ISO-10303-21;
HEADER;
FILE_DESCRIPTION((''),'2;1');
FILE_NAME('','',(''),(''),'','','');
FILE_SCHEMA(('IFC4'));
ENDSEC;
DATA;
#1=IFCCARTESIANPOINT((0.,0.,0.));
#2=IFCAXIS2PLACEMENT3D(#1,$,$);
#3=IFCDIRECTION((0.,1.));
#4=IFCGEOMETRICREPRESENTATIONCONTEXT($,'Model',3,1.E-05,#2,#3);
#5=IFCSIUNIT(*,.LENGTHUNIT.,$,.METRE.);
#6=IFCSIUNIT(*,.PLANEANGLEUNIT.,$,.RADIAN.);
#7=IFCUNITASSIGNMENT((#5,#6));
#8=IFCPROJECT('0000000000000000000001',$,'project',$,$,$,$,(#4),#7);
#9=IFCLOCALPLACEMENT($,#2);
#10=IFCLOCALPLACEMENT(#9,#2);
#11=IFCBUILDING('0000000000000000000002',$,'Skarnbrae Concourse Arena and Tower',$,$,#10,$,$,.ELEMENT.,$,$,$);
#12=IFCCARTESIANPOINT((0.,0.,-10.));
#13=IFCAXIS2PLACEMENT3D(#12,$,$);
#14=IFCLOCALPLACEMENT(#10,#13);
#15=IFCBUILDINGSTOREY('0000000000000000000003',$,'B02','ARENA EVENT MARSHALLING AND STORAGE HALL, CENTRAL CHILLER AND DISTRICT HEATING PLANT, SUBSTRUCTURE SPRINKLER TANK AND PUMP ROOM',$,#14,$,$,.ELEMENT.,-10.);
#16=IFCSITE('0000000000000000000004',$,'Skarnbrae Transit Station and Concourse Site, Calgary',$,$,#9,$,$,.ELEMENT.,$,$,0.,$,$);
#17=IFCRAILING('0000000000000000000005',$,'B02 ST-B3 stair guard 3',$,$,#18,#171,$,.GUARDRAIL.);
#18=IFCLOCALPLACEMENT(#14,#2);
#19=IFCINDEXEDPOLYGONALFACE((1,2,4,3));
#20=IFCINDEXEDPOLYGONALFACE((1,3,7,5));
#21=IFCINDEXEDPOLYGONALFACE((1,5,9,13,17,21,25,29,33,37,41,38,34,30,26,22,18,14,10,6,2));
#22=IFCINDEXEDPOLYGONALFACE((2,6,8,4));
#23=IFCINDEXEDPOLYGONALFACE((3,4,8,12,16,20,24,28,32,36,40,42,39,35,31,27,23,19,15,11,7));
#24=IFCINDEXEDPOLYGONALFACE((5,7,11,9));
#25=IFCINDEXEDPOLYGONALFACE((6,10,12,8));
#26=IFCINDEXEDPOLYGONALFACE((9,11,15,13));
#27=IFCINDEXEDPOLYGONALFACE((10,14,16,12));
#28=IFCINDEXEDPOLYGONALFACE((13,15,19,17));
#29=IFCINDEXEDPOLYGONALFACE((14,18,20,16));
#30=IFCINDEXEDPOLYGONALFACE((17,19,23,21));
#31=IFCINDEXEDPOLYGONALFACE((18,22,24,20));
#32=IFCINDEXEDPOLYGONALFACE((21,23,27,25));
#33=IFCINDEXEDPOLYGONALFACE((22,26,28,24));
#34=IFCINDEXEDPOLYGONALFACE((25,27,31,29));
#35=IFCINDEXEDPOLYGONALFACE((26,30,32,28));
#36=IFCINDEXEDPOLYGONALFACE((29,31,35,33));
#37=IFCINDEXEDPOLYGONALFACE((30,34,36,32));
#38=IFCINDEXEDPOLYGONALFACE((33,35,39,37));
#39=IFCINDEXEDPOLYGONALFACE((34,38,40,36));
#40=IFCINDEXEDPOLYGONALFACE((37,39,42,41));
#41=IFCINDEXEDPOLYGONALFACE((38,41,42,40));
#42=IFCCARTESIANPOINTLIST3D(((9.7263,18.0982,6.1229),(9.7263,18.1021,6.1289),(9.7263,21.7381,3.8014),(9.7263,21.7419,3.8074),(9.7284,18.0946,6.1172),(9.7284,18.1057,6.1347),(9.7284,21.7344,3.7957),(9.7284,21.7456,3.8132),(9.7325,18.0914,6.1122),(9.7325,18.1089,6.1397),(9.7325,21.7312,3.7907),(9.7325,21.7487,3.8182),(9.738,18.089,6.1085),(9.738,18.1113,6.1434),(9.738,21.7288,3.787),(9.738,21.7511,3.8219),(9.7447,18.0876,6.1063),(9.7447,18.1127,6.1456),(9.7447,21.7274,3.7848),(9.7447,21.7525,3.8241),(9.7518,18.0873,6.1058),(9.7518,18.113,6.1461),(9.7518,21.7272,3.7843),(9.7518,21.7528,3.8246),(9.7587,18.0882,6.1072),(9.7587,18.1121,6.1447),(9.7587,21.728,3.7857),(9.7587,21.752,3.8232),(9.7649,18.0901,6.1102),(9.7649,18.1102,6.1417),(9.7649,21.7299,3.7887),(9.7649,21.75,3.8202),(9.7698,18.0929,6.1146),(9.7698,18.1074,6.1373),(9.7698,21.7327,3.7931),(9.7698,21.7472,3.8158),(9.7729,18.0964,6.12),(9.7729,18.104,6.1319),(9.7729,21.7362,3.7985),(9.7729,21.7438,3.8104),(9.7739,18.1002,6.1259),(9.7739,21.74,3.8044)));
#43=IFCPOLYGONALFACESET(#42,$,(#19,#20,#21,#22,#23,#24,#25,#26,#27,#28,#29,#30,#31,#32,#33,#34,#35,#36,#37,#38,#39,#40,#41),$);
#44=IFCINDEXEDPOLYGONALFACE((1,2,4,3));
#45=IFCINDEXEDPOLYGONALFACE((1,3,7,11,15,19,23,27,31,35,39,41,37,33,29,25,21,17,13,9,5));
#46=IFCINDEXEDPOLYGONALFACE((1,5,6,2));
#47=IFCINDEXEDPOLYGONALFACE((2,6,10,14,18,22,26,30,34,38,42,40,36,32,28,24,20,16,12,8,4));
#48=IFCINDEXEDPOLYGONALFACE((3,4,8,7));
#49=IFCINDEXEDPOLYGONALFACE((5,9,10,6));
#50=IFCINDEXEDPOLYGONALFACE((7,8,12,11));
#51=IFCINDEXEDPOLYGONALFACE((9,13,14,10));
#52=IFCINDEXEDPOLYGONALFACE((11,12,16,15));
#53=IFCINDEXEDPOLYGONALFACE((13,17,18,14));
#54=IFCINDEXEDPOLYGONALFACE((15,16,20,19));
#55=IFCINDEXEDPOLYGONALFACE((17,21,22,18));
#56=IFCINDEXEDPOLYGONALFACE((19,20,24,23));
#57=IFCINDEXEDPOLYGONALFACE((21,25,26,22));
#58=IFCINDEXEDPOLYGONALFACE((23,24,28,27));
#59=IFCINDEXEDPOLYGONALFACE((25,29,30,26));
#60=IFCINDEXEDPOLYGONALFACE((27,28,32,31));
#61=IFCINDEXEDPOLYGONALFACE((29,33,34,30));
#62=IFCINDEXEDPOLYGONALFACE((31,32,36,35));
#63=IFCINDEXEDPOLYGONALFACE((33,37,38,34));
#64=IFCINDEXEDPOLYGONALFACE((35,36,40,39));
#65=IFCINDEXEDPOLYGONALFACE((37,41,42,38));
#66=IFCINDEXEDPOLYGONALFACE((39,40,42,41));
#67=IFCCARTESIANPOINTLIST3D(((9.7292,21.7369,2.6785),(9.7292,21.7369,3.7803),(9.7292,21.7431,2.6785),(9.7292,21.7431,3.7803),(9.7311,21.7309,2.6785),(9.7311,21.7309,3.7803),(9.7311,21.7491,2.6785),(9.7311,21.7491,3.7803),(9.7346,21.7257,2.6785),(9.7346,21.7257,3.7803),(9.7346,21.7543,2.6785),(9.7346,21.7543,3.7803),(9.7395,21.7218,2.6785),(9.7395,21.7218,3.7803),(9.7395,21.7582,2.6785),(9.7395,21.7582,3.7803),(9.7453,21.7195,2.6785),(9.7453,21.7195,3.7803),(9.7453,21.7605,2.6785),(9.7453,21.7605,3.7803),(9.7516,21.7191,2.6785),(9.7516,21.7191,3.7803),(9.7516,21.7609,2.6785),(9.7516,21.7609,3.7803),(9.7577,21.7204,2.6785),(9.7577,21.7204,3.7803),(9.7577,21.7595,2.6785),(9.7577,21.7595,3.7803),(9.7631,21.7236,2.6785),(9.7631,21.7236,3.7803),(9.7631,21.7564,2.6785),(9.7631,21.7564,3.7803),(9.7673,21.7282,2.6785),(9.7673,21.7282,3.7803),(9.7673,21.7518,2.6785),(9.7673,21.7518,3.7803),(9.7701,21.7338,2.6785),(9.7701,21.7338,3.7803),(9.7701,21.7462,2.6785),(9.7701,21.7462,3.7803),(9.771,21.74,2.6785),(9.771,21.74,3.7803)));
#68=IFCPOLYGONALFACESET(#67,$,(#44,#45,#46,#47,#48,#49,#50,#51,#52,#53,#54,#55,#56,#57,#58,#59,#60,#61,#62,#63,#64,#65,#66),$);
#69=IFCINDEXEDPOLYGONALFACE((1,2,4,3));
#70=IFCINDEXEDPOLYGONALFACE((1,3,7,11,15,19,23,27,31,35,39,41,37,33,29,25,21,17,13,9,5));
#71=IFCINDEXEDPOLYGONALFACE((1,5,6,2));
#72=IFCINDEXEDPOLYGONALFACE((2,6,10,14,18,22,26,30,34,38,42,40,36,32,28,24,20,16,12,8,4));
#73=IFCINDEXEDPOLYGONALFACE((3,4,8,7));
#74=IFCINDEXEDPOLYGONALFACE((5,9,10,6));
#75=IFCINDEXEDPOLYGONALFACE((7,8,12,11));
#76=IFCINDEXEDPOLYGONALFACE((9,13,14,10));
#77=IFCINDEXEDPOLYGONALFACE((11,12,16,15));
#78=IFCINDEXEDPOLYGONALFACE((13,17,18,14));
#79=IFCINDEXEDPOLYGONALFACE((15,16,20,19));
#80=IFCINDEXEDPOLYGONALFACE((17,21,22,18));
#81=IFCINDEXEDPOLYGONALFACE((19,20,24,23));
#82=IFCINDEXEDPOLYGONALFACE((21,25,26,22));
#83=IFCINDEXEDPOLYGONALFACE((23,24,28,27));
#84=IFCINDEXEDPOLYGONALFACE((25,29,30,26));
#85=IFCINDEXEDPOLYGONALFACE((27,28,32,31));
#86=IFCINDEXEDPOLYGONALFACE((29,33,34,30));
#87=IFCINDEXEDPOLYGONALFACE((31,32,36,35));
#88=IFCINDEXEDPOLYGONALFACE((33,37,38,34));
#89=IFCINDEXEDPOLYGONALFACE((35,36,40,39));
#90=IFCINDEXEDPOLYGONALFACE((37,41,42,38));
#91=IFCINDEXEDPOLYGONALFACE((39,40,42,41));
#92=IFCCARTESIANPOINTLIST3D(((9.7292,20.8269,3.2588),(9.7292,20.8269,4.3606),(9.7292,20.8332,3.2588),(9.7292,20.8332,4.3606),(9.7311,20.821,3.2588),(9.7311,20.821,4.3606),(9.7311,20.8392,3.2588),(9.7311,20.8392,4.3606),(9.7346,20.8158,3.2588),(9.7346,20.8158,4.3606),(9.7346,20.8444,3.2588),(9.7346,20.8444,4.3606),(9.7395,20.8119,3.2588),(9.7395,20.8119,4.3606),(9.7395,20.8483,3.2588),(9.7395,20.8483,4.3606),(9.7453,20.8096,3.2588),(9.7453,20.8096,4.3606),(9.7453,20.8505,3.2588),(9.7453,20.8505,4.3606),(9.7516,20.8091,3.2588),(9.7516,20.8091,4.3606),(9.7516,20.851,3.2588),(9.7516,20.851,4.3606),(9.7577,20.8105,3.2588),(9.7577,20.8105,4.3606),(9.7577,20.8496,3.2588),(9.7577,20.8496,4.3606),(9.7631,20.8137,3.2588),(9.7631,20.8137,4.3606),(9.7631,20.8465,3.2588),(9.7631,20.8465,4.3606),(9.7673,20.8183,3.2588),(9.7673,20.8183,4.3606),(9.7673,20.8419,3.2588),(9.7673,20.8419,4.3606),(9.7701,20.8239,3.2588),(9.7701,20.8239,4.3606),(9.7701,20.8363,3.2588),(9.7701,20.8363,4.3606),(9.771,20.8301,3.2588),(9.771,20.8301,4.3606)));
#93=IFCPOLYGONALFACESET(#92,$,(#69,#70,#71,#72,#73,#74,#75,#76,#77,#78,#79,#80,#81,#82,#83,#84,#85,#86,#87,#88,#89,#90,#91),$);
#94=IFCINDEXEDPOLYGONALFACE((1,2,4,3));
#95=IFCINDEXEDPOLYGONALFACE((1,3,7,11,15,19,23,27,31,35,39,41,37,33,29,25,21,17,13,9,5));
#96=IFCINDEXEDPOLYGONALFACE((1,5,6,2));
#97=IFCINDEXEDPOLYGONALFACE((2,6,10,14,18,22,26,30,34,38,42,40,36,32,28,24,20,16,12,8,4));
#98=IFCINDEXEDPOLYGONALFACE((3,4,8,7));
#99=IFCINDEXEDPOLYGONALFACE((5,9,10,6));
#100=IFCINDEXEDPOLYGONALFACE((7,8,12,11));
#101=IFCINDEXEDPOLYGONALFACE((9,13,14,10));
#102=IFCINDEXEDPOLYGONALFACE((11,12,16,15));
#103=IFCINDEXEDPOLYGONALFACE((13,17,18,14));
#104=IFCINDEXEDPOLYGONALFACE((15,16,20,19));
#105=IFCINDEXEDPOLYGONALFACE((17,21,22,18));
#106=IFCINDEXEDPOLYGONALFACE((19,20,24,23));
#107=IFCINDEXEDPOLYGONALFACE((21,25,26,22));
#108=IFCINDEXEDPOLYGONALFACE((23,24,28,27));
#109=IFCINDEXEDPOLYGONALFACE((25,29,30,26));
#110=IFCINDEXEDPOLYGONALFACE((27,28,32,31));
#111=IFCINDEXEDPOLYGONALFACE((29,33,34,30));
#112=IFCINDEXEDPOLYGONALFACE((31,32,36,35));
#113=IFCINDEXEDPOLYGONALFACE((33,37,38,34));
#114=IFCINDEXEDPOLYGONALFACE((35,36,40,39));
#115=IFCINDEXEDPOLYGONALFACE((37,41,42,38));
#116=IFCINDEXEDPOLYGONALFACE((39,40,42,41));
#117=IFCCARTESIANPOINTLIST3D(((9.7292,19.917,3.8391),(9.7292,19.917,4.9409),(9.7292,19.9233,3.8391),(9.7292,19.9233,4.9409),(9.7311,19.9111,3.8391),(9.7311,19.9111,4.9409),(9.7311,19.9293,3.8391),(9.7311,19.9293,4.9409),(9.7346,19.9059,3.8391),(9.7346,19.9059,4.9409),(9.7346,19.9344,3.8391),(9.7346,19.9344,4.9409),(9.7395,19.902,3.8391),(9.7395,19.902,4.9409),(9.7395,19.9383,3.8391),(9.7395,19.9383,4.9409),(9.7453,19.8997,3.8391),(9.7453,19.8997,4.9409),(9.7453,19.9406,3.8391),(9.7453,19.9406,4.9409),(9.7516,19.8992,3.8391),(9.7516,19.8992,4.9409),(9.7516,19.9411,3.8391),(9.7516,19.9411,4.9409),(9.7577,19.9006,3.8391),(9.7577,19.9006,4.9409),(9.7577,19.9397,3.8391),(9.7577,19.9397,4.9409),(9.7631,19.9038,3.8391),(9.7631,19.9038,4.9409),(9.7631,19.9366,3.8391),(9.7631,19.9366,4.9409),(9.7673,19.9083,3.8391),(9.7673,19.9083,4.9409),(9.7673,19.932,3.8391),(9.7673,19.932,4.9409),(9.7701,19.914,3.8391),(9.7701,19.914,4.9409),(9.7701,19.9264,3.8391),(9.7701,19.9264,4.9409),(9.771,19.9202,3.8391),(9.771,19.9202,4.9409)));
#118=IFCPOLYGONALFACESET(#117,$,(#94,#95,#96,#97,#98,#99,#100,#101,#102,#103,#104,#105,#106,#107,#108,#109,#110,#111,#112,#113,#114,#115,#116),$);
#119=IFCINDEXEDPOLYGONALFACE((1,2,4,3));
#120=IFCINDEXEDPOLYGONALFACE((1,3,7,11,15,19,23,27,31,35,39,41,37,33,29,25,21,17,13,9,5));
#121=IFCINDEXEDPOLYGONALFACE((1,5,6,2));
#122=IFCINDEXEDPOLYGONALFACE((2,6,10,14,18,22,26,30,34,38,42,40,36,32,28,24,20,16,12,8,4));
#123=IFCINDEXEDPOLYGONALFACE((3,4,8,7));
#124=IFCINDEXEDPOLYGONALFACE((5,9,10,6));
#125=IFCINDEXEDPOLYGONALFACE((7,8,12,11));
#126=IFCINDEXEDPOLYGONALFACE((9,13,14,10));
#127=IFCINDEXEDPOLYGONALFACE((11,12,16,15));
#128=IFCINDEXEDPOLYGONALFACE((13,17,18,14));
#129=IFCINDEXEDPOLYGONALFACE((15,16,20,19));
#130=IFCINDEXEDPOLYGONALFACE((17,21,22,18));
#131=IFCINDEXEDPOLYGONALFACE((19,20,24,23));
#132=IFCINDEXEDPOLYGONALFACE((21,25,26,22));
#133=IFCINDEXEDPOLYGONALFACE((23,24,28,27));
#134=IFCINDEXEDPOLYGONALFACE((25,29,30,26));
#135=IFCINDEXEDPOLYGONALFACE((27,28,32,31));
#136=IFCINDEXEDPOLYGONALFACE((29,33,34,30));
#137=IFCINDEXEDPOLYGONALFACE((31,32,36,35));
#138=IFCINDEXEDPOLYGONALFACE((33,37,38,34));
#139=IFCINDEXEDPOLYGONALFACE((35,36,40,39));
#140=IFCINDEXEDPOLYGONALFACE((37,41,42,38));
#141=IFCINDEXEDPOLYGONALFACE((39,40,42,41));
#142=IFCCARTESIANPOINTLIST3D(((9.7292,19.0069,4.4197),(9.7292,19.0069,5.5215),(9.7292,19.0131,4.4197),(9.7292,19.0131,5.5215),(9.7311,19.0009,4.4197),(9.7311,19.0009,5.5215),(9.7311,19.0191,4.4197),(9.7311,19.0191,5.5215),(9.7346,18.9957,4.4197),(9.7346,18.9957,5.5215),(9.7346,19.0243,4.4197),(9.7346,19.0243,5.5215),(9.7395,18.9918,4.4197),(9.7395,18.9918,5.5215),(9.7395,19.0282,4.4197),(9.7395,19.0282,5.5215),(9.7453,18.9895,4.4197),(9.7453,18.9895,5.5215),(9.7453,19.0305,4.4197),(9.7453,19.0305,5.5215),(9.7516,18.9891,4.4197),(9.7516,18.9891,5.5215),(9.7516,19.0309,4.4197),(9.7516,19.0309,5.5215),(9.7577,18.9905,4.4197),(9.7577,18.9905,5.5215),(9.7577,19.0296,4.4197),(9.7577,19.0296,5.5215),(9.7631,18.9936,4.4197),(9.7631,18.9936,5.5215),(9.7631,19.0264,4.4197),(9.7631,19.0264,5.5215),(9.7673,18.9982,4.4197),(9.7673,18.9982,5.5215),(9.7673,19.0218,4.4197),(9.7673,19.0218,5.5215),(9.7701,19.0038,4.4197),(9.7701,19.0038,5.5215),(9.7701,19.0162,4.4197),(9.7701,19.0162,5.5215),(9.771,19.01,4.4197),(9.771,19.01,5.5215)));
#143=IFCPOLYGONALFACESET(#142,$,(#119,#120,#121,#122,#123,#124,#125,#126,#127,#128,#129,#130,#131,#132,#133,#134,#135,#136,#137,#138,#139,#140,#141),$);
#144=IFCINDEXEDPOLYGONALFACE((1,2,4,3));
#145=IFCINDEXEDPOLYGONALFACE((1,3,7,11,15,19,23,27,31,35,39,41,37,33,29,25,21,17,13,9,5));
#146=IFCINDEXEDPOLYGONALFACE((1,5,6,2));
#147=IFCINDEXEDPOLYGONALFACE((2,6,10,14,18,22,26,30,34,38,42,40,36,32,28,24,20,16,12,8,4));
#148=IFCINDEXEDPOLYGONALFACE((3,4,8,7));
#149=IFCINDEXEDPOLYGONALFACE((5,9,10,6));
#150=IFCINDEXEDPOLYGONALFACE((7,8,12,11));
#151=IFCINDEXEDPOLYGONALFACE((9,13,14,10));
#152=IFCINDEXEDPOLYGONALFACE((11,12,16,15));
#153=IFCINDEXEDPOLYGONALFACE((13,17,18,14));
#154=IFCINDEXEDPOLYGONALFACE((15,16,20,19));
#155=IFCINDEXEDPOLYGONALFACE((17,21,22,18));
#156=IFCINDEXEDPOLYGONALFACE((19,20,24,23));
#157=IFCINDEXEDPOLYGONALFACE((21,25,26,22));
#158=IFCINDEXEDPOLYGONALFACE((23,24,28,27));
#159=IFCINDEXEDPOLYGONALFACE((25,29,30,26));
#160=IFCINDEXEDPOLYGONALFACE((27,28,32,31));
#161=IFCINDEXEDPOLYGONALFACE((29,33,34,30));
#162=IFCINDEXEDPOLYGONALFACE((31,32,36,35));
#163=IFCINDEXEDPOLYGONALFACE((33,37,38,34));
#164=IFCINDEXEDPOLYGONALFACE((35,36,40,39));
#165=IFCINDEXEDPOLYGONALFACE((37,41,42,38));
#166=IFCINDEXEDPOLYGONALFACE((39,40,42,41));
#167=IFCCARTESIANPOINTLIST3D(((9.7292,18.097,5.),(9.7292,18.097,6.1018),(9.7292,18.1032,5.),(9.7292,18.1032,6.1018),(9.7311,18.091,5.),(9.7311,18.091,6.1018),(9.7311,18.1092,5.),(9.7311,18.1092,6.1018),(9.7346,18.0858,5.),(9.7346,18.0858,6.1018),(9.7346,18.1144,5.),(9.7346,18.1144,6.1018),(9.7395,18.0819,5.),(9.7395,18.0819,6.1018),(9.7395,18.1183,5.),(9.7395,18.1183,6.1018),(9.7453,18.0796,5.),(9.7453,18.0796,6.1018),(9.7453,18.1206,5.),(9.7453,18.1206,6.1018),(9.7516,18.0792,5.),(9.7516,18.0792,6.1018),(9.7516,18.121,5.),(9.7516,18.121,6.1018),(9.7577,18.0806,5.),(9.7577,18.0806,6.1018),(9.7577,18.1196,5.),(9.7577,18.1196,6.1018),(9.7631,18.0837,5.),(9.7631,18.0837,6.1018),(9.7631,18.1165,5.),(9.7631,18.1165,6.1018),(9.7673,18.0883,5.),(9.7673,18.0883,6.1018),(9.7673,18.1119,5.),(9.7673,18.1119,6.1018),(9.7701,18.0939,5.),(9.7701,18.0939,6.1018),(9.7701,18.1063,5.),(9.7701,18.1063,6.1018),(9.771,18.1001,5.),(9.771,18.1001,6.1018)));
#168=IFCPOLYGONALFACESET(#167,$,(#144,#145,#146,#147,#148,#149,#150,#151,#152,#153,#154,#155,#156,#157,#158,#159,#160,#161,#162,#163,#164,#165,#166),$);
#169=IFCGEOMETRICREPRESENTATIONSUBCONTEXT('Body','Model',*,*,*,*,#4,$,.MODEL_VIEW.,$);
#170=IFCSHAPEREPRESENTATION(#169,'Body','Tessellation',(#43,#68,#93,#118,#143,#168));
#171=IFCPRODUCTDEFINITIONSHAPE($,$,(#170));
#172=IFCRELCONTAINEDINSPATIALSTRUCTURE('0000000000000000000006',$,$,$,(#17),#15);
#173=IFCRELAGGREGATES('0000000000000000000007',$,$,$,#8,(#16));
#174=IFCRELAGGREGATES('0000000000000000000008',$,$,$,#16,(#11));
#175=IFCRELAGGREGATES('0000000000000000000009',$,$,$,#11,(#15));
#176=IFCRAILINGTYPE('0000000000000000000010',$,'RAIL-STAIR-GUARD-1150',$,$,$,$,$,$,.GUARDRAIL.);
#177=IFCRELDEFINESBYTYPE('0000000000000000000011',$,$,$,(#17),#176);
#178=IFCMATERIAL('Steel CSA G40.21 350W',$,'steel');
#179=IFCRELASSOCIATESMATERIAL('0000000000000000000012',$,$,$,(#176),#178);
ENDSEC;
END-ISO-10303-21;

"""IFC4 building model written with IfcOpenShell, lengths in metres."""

from ifc_helpers import new_model, si_unit, direction, frame, origin, origin_2d, place, context, subcontext, project, spatial, circle, extrude, material, type_object, element, save


model = new_model("IFC4")

# Units and contexts
model_context = context("Model", 3, precision=1e-05, world=origin(), true_north=direction((0.0, 1.0)))
body_context = subcontext(model_context, "Body", "Model", "MODEL_VIEW")
ifc_project = project(units=[si_unit("LENGTHUNIT", "METRE"), si_unit("PLANEANGLEUNIT", "RADIAN")], contexts=[model_context])

# Site, building, storey
site_placement = place(None, origin())
site = spatial("IfcSite", under=ifc_project, at=site_placement, Name="Skarnbrae Transit Station and Concourse Site, Calgary", CompositionType="ELEMENT", RefElevation=0.0)
building_placement = place(site_placement, origin())
building = spatial("IfcBuilding", under=site, at=building_placement, Name="Skarnbrae Concourse Arena and Tower", CompositionType="ELEMENT")
storey_placement = place(building_placement, frame((0.0, 0.0, -10.0)))
storey = spatial("IfcBuildingStorey", under=building, at=storey_placement, Name="B02", Description="ARENA EVENT MARSHALLING AND STORAGE HALL, CENTRAL CHILLER AND DISTRICT HEATING PLANT, SUBSTRUCTURE SPRINKLER TANK AND PUMP ROOM", CompositionType="ELEMENT", Elevation=-10.0)

# Shared definitions
ifc_material_1 = material(Name="Steel CSA G40.21 350W", Category="steel")

# Railing
railing_type_1 = type_object("IfcRailingType", Name="RAIL-STAIR-GUARD-1150", PredefinedType="GUARDRAIL", material=ifc_material_1)
railing_1_placement = place(storey_placement, frame((9.75, 21.74, 2.6785)))
element("IfcRailing", 1, at=railing_1_placement, inside=storey, type_object=railing_type_1, Name="B02 ST-B3 stair guard 3", PredefinedType="GUARDRAIL", context=body_context, shape_type="SweptSolid", body=[
    extrude(circle(Radius=0.0239, at=origin_2d()), frame((0.0, 0.0, 1.126), z_axis=(0.0, -0.843112, 0.537739), x_axis=(1.0, 0.0, 0.0)), (0.0, 0.0, 1.0), 4.3171),
    extrude(circle(Radius=0.021, at=origin_2d()), origin(), (0.0, 0.0, 1.0), 1.1018),
    extrude(circle(Radius=0.021, at=origin_2d()), frame((0.0, -0.9099, 0.5803)), (0.0, 0.0, 1.0), 1.1018),
    extrude(circle(Radius=0.021, at=origin_2d()), frame((0.0, -1.8198, 1.1606)), (0.0, 0.0, 1.0), 1.1018),
    extrude(circle(Radius=0.021, at=origin_2d()), frame((0.0, -2.73, 1.7412)), (0.0, 0.0, 1.0), 1.1018),
    extrude(circle(Radius=0.021, at=origin_2d()), frame((0.0, -3.6399, 2.3215)), (0.0, 0.0, 1.0), 1.1018),
])

save(model, "model.ifc")
